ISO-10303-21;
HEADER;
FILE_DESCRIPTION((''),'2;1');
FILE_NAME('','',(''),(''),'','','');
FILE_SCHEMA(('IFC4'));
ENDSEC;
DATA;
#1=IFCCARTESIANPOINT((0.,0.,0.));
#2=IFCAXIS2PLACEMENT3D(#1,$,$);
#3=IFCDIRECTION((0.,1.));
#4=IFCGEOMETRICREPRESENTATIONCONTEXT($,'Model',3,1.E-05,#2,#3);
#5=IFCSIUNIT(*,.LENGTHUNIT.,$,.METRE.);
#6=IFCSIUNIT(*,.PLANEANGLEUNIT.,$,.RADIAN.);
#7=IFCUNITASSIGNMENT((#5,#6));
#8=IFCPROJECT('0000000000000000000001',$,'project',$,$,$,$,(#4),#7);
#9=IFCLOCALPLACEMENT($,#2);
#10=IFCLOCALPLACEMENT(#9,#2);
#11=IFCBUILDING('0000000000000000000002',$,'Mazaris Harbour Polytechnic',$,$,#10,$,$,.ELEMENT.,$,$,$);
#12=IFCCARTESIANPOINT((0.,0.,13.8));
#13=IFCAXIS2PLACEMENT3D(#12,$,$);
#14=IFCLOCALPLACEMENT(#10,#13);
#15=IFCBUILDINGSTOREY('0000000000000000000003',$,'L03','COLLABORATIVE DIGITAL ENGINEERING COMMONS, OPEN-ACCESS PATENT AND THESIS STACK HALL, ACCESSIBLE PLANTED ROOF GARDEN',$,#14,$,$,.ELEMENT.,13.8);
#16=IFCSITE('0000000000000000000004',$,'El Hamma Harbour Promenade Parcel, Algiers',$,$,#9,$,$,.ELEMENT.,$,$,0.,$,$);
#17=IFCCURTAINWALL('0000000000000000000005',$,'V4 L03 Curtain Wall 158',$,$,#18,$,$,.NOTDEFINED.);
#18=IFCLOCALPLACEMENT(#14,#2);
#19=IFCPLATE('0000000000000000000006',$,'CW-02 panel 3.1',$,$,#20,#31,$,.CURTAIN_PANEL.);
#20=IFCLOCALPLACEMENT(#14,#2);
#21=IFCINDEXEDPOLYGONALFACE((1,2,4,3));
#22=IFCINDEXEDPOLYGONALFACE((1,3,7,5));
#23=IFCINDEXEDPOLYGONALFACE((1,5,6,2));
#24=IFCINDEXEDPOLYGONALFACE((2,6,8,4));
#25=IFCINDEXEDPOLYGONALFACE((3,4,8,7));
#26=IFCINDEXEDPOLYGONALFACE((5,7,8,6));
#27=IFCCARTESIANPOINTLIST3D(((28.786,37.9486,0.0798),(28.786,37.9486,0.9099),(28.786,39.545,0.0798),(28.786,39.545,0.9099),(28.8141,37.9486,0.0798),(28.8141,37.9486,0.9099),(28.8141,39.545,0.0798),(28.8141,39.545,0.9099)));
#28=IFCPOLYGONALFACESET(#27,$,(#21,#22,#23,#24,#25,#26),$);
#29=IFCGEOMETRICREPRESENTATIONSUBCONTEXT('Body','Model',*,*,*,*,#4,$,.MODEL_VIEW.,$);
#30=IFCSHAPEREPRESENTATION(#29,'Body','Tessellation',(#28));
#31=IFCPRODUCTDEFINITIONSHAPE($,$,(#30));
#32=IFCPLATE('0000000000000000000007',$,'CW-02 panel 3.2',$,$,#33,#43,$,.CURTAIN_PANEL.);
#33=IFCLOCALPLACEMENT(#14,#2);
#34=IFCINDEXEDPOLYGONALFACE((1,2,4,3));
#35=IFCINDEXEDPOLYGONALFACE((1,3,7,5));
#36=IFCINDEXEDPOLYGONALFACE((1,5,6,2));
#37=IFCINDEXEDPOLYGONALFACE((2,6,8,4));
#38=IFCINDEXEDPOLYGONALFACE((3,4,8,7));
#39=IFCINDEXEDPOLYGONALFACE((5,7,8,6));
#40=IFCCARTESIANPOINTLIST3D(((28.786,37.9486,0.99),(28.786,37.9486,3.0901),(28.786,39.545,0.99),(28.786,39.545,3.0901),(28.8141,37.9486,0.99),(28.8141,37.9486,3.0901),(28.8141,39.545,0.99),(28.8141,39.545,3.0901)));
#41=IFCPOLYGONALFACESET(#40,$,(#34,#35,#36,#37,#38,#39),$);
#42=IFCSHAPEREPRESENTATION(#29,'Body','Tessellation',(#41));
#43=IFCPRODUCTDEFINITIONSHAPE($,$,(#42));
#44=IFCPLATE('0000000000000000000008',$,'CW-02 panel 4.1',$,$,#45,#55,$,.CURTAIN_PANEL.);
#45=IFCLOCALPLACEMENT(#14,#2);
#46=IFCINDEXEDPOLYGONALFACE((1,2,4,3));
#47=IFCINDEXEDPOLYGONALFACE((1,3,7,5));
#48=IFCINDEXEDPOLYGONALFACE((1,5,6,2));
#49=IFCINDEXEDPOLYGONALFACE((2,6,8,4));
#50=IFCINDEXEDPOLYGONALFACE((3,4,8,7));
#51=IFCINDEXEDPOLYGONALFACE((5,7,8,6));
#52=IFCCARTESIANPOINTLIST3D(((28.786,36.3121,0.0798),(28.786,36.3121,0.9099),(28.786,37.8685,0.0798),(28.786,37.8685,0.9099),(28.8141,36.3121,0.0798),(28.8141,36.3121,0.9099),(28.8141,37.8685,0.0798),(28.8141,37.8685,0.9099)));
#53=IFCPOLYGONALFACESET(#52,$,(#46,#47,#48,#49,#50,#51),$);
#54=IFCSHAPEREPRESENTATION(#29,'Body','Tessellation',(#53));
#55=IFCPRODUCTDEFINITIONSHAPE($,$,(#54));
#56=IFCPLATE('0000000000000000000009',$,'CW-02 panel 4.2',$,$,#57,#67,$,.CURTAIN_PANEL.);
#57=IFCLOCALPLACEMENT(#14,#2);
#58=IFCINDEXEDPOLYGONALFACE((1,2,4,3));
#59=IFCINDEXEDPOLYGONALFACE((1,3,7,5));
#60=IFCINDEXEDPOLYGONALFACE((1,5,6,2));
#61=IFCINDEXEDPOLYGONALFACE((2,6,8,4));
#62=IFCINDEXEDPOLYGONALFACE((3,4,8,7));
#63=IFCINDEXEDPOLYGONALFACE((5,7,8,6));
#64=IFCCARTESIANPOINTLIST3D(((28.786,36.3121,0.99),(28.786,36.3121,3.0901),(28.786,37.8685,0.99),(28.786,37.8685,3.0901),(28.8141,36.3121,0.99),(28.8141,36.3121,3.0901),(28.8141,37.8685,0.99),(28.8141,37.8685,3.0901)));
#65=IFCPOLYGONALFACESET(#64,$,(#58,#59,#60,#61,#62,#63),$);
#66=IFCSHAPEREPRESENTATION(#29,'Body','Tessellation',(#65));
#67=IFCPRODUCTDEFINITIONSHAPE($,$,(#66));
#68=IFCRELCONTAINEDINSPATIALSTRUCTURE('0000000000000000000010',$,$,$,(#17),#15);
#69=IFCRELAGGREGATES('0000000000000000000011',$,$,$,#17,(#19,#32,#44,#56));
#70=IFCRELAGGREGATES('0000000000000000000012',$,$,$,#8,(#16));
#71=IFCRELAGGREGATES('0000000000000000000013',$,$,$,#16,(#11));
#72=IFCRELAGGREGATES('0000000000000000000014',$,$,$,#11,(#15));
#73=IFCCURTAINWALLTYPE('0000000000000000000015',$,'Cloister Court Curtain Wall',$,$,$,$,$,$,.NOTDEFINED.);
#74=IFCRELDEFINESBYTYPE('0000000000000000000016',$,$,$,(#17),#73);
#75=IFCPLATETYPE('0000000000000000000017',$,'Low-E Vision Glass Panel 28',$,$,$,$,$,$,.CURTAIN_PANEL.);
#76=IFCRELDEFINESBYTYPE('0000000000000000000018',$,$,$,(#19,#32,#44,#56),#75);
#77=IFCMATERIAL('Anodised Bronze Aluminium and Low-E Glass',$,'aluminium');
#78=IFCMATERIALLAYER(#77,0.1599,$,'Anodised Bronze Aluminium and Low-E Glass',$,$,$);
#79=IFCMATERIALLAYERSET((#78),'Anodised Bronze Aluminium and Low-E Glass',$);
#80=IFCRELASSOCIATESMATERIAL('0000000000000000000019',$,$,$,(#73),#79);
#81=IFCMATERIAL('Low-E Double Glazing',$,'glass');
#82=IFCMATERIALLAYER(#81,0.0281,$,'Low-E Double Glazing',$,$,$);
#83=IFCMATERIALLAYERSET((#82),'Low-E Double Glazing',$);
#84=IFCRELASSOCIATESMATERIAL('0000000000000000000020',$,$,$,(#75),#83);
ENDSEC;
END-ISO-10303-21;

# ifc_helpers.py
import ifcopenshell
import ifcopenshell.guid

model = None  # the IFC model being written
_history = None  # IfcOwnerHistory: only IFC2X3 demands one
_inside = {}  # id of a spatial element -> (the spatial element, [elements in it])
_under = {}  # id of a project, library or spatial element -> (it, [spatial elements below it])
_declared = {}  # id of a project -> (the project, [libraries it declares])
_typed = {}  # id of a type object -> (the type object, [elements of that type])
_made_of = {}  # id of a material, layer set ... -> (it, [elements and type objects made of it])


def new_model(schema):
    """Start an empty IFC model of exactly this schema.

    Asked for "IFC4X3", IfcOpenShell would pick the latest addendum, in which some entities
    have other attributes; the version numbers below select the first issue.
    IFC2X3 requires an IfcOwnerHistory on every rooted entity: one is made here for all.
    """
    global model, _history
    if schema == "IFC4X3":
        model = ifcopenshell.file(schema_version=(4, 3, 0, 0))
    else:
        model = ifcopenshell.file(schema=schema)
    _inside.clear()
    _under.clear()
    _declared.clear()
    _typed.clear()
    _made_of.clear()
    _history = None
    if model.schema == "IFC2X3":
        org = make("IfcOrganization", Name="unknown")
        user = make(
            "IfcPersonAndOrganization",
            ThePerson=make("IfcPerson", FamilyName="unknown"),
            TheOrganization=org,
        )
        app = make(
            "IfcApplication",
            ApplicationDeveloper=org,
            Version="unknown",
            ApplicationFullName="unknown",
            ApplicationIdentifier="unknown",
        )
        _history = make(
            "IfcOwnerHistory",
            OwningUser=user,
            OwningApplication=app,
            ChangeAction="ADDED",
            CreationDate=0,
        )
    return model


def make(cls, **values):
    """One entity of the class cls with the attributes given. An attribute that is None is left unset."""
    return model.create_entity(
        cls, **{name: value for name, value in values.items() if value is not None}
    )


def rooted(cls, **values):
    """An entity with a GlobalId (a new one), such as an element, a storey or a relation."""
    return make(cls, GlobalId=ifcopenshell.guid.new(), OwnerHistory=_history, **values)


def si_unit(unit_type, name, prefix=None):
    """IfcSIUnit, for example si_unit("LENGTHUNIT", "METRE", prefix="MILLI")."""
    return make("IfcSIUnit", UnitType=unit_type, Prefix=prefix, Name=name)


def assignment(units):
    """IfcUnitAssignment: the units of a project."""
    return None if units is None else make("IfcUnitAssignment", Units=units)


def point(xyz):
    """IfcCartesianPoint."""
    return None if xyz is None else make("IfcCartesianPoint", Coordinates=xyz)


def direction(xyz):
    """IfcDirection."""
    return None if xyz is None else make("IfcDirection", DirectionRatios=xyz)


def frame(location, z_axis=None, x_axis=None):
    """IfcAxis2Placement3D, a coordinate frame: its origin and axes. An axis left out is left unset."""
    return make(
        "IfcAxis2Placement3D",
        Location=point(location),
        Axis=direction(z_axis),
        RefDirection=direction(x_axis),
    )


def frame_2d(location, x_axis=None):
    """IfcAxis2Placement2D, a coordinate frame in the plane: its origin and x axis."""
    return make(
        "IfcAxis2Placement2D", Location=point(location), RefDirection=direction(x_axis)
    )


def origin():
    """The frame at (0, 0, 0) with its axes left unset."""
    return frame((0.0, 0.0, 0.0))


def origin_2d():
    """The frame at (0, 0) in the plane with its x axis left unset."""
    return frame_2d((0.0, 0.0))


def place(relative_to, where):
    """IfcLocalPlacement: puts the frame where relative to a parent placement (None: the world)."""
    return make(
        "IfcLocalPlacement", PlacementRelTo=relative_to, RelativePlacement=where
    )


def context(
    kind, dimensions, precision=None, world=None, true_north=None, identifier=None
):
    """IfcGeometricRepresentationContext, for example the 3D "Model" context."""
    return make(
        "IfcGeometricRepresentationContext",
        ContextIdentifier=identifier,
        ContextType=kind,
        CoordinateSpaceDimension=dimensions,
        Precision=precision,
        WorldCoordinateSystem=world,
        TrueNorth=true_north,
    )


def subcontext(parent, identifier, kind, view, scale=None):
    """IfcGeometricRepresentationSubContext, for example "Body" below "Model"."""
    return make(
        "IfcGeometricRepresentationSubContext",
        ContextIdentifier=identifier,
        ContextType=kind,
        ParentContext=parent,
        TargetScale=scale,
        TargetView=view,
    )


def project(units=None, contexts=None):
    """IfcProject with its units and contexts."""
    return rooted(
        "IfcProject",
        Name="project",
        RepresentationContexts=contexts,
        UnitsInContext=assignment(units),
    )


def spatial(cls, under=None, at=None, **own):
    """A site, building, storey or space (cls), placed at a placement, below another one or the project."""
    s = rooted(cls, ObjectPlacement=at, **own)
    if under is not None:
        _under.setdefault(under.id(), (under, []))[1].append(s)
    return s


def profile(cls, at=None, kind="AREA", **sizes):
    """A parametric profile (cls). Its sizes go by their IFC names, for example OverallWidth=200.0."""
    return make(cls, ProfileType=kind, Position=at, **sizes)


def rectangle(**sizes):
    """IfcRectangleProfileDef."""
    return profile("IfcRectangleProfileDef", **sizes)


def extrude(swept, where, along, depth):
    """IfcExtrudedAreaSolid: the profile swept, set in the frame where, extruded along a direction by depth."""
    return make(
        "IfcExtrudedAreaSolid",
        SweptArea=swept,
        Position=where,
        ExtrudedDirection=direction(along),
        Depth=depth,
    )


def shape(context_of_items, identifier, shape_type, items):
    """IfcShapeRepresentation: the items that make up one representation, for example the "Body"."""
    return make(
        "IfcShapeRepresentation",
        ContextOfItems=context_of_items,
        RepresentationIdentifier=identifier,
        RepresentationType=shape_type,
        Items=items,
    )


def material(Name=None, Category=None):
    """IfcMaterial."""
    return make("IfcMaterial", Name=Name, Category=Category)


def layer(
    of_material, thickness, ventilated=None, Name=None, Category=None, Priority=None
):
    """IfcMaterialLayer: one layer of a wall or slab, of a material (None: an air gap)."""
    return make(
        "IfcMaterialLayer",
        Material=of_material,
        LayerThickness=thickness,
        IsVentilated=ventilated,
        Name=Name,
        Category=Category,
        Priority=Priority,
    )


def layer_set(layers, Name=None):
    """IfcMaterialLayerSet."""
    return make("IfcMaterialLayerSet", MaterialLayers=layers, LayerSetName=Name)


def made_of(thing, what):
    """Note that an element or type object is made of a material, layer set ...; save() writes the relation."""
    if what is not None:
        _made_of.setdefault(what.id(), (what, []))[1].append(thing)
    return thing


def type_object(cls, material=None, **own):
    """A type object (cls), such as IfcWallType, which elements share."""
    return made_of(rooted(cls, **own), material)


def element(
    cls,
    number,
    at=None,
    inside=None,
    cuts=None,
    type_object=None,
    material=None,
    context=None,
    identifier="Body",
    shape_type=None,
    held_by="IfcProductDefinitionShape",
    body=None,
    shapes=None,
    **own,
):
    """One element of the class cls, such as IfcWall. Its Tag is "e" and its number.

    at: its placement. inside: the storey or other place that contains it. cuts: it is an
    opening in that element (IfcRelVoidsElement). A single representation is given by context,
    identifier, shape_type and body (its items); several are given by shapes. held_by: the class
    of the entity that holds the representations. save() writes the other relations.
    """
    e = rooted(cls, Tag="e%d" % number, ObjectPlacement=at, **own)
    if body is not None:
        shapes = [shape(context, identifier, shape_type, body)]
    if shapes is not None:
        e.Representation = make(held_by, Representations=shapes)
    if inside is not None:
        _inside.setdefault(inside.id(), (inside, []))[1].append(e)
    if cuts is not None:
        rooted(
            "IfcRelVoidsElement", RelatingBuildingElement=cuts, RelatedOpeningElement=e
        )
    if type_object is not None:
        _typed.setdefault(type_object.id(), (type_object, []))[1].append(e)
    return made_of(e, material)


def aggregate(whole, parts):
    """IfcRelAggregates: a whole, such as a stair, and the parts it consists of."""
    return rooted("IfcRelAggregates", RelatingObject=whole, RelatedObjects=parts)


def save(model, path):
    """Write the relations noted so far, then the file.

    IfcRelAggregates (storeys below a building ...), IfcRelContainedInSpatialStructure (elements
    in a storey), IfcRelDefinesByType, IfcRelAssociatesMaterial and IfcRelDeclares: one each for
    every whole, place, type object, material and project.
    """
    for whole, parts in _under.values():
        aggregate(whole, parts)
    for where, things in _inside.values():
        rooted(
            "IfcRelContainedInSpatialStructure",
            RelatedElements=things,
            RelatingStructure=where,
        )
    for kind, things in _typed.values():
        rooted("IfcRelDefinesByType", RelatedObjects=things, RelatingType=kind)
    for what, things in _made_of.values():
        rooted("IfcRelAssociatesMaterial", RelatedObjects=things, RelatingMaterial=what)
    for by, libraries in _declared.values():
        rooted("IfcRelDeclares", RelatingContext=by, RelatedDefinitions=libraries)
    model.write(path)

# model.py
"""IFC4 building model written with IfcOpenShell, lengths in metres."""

from ifc_helpers import new_model, si_unit, direction, frame, origin, origin_2d, place, context, subcontext, project, spatial, rectangle, extrude, material, layer, layer_set, type_object, element, aggregate, save


model = new_model("IFC4")

# Units and contexts
model_context = context("Model", 3, precision=1e-05, world=origin(), true_north=direction((0.0, 1.0)))
body_context = subcontext(model_context, "Body", "Model", "MODEL_VIEW")
ifc_project = project(units=[si_unit("LENGTHUNIT", "METRE"), si_unit("PLANEANGLEUNIT", "RADIAN")], contexts=[model_context])

# Site, building, storey
site_placement = place(None, origin())
site = spatial("IfcSite", under=ifc_project, at=site_placement, Name="El Hamma Harbour Promenade Parcel, Algiers", CompositionType="ELEMENT", RefElevation=0.0)
building_placement = place(site_placement, origin())
building = spatial("IfcBuilding", under=site, at=building_placement, Name="Mazaris Harbour Polytechnic", CompositionType="ELEMENT")
storey_placement = place(building_placement, frame((0.0, 0.0, 13.8)))
storey = spatial("IfcBuildingStorey", under=building, at=storey_placement, Name="L03", Description="COLLABORATIVE DIGITAL ENGINEERING COMMONS, OPEN-ACCESS PATENT AND THESIS STACK HALL, ACCESSIBLE PLANTED ROOF GARDEN", CompositionType="ELEMENT", Elevation=13.8)

# Curtain wall
ifc_material_1 = material(Name="Anodised Bronze Aluminium and Low-E Glass", Category="aluminium")
ifc_layer_1 = layer(ifc_material_1, 0.1599, Name="Anodised Bronze Aluminium and Low-E Glass")
ifc_layer_set_1 = layer_set([ifc_layer_1], Name="Anodised Bronze Aluminium and Low-E Glass")
curtain_wall_type = type_object("IfcCurtainWallType", Name="Cloister Court Curtain Wall", PredefinedType="NOTDEFINED", material=ifc_layer_set_1)
curtain_wall_placement = place(storey_placement, origin())
curtain_wall = element("IfcCurtainWall", 1, at=curtain_wall_placement, inside=storey, type_object=curtain_wall_type, Name="V4 L03 Curtain Wall 158", PredefinedType="NOTDEFINED")

# Plates
ifc_material_2 = material(Name="Low-E Double Glazing", Category="glass")
ifc_layer_2 = layer(ifc_material_2, 0.0281, Name="Low-E Double Glazing")
ifc_layer_set_2 = layer_set([ifc_layer_2], Name="Low-E Double Glazing")
plate_type = type_object("IfcPlateType", Name="Low-E Vision Glass Panel 28", PredefinedType="CURTAIN_PANEL", material=ifc_layer_set_2)
plate_1_placement = place(storey_placement, frame((28.8, 38.7468, 0.0798), z_axis=(0.0, 0.0, 1.0), x_axis=(0.0, -1.0, 0.0)))
plate_1 = element("IfcPlate", 2, at=plate_1_placement, type_object=plate_type, Name="CW-02 panel 3.1", PredefinedType="CURTAIN_PANEL", context=body_context, shape_type="SweptSolid", body=[
    extrude(rectangle(XDim=1.5964, YDim=0.0281, at=origin_2d()), origin(), (0.0, 0.0, 1.0), 0.8301),
])
plate_2_placement = place(storey_placement, frame((28.8, 38.7468, 0.99), z_axis=(0.0, 0.0, 1.0), x_axis=(0.0, -1.0, 0.0)))
plate_2 = element("IfcPlate", 3, at=plate_2_placement, type_object=plate_type, Name="CW-02 panel 3.2", PredefinedType="CURTAIN_PANEL", context=body_context, shape_type="SweptSolid", body=[
    extrude(rectangle(XDim=1.5964, YDim=0.0281, at=origin_2d()), origin(), (0.0, 0.0, 1.0), 2.1001),
])
plate_3_placement = place(storey_placement, frame((28.8, 37.0903, 0.0798), z_axis=(0.0, 0.0, 1.0), x_axis=(0.0, -1.0, 0.0)))
plate_3 = element("IfcPlate", 4, at=plate_3_placement, type_object=plate_type, Name="CW-02 panel 4.1", PredefinedType="CURTAIN_PANEL", context=body_context, shape_type="SweptSolid", body=[
    extrude(rectangle(XDim=1.5564, YDim=0.0281, at=origin_2d()), origin(), (0.0, 0.0, 1.0), 0.8301),
])
plate_4_placement = place(storey_placement, frame((28.8, 37.0903, 0.99), z_axis=(0.0, 0.0, 1.0), x_axis=(0.0, -1.0, 0.0)))
plate_4 = element("IfcPlate", 5, at=plate_4_placement, type_object=plate_type, Name="CW-02 panel 4.2", PredefinedType="CURTAIN_PANEL", context=body_context, shape_type="SweptSolid", body=[
    extrude(rectangle(XDim=1.5564, YDim=0.0281, at=origin_2d()), origin(), (0.0, 0.0, 1.0), 2.1001),
])
aggregate(curtain_wall, [plate_1, plate_2, plate_3, plate_4])

save(model, "model.ifc")
